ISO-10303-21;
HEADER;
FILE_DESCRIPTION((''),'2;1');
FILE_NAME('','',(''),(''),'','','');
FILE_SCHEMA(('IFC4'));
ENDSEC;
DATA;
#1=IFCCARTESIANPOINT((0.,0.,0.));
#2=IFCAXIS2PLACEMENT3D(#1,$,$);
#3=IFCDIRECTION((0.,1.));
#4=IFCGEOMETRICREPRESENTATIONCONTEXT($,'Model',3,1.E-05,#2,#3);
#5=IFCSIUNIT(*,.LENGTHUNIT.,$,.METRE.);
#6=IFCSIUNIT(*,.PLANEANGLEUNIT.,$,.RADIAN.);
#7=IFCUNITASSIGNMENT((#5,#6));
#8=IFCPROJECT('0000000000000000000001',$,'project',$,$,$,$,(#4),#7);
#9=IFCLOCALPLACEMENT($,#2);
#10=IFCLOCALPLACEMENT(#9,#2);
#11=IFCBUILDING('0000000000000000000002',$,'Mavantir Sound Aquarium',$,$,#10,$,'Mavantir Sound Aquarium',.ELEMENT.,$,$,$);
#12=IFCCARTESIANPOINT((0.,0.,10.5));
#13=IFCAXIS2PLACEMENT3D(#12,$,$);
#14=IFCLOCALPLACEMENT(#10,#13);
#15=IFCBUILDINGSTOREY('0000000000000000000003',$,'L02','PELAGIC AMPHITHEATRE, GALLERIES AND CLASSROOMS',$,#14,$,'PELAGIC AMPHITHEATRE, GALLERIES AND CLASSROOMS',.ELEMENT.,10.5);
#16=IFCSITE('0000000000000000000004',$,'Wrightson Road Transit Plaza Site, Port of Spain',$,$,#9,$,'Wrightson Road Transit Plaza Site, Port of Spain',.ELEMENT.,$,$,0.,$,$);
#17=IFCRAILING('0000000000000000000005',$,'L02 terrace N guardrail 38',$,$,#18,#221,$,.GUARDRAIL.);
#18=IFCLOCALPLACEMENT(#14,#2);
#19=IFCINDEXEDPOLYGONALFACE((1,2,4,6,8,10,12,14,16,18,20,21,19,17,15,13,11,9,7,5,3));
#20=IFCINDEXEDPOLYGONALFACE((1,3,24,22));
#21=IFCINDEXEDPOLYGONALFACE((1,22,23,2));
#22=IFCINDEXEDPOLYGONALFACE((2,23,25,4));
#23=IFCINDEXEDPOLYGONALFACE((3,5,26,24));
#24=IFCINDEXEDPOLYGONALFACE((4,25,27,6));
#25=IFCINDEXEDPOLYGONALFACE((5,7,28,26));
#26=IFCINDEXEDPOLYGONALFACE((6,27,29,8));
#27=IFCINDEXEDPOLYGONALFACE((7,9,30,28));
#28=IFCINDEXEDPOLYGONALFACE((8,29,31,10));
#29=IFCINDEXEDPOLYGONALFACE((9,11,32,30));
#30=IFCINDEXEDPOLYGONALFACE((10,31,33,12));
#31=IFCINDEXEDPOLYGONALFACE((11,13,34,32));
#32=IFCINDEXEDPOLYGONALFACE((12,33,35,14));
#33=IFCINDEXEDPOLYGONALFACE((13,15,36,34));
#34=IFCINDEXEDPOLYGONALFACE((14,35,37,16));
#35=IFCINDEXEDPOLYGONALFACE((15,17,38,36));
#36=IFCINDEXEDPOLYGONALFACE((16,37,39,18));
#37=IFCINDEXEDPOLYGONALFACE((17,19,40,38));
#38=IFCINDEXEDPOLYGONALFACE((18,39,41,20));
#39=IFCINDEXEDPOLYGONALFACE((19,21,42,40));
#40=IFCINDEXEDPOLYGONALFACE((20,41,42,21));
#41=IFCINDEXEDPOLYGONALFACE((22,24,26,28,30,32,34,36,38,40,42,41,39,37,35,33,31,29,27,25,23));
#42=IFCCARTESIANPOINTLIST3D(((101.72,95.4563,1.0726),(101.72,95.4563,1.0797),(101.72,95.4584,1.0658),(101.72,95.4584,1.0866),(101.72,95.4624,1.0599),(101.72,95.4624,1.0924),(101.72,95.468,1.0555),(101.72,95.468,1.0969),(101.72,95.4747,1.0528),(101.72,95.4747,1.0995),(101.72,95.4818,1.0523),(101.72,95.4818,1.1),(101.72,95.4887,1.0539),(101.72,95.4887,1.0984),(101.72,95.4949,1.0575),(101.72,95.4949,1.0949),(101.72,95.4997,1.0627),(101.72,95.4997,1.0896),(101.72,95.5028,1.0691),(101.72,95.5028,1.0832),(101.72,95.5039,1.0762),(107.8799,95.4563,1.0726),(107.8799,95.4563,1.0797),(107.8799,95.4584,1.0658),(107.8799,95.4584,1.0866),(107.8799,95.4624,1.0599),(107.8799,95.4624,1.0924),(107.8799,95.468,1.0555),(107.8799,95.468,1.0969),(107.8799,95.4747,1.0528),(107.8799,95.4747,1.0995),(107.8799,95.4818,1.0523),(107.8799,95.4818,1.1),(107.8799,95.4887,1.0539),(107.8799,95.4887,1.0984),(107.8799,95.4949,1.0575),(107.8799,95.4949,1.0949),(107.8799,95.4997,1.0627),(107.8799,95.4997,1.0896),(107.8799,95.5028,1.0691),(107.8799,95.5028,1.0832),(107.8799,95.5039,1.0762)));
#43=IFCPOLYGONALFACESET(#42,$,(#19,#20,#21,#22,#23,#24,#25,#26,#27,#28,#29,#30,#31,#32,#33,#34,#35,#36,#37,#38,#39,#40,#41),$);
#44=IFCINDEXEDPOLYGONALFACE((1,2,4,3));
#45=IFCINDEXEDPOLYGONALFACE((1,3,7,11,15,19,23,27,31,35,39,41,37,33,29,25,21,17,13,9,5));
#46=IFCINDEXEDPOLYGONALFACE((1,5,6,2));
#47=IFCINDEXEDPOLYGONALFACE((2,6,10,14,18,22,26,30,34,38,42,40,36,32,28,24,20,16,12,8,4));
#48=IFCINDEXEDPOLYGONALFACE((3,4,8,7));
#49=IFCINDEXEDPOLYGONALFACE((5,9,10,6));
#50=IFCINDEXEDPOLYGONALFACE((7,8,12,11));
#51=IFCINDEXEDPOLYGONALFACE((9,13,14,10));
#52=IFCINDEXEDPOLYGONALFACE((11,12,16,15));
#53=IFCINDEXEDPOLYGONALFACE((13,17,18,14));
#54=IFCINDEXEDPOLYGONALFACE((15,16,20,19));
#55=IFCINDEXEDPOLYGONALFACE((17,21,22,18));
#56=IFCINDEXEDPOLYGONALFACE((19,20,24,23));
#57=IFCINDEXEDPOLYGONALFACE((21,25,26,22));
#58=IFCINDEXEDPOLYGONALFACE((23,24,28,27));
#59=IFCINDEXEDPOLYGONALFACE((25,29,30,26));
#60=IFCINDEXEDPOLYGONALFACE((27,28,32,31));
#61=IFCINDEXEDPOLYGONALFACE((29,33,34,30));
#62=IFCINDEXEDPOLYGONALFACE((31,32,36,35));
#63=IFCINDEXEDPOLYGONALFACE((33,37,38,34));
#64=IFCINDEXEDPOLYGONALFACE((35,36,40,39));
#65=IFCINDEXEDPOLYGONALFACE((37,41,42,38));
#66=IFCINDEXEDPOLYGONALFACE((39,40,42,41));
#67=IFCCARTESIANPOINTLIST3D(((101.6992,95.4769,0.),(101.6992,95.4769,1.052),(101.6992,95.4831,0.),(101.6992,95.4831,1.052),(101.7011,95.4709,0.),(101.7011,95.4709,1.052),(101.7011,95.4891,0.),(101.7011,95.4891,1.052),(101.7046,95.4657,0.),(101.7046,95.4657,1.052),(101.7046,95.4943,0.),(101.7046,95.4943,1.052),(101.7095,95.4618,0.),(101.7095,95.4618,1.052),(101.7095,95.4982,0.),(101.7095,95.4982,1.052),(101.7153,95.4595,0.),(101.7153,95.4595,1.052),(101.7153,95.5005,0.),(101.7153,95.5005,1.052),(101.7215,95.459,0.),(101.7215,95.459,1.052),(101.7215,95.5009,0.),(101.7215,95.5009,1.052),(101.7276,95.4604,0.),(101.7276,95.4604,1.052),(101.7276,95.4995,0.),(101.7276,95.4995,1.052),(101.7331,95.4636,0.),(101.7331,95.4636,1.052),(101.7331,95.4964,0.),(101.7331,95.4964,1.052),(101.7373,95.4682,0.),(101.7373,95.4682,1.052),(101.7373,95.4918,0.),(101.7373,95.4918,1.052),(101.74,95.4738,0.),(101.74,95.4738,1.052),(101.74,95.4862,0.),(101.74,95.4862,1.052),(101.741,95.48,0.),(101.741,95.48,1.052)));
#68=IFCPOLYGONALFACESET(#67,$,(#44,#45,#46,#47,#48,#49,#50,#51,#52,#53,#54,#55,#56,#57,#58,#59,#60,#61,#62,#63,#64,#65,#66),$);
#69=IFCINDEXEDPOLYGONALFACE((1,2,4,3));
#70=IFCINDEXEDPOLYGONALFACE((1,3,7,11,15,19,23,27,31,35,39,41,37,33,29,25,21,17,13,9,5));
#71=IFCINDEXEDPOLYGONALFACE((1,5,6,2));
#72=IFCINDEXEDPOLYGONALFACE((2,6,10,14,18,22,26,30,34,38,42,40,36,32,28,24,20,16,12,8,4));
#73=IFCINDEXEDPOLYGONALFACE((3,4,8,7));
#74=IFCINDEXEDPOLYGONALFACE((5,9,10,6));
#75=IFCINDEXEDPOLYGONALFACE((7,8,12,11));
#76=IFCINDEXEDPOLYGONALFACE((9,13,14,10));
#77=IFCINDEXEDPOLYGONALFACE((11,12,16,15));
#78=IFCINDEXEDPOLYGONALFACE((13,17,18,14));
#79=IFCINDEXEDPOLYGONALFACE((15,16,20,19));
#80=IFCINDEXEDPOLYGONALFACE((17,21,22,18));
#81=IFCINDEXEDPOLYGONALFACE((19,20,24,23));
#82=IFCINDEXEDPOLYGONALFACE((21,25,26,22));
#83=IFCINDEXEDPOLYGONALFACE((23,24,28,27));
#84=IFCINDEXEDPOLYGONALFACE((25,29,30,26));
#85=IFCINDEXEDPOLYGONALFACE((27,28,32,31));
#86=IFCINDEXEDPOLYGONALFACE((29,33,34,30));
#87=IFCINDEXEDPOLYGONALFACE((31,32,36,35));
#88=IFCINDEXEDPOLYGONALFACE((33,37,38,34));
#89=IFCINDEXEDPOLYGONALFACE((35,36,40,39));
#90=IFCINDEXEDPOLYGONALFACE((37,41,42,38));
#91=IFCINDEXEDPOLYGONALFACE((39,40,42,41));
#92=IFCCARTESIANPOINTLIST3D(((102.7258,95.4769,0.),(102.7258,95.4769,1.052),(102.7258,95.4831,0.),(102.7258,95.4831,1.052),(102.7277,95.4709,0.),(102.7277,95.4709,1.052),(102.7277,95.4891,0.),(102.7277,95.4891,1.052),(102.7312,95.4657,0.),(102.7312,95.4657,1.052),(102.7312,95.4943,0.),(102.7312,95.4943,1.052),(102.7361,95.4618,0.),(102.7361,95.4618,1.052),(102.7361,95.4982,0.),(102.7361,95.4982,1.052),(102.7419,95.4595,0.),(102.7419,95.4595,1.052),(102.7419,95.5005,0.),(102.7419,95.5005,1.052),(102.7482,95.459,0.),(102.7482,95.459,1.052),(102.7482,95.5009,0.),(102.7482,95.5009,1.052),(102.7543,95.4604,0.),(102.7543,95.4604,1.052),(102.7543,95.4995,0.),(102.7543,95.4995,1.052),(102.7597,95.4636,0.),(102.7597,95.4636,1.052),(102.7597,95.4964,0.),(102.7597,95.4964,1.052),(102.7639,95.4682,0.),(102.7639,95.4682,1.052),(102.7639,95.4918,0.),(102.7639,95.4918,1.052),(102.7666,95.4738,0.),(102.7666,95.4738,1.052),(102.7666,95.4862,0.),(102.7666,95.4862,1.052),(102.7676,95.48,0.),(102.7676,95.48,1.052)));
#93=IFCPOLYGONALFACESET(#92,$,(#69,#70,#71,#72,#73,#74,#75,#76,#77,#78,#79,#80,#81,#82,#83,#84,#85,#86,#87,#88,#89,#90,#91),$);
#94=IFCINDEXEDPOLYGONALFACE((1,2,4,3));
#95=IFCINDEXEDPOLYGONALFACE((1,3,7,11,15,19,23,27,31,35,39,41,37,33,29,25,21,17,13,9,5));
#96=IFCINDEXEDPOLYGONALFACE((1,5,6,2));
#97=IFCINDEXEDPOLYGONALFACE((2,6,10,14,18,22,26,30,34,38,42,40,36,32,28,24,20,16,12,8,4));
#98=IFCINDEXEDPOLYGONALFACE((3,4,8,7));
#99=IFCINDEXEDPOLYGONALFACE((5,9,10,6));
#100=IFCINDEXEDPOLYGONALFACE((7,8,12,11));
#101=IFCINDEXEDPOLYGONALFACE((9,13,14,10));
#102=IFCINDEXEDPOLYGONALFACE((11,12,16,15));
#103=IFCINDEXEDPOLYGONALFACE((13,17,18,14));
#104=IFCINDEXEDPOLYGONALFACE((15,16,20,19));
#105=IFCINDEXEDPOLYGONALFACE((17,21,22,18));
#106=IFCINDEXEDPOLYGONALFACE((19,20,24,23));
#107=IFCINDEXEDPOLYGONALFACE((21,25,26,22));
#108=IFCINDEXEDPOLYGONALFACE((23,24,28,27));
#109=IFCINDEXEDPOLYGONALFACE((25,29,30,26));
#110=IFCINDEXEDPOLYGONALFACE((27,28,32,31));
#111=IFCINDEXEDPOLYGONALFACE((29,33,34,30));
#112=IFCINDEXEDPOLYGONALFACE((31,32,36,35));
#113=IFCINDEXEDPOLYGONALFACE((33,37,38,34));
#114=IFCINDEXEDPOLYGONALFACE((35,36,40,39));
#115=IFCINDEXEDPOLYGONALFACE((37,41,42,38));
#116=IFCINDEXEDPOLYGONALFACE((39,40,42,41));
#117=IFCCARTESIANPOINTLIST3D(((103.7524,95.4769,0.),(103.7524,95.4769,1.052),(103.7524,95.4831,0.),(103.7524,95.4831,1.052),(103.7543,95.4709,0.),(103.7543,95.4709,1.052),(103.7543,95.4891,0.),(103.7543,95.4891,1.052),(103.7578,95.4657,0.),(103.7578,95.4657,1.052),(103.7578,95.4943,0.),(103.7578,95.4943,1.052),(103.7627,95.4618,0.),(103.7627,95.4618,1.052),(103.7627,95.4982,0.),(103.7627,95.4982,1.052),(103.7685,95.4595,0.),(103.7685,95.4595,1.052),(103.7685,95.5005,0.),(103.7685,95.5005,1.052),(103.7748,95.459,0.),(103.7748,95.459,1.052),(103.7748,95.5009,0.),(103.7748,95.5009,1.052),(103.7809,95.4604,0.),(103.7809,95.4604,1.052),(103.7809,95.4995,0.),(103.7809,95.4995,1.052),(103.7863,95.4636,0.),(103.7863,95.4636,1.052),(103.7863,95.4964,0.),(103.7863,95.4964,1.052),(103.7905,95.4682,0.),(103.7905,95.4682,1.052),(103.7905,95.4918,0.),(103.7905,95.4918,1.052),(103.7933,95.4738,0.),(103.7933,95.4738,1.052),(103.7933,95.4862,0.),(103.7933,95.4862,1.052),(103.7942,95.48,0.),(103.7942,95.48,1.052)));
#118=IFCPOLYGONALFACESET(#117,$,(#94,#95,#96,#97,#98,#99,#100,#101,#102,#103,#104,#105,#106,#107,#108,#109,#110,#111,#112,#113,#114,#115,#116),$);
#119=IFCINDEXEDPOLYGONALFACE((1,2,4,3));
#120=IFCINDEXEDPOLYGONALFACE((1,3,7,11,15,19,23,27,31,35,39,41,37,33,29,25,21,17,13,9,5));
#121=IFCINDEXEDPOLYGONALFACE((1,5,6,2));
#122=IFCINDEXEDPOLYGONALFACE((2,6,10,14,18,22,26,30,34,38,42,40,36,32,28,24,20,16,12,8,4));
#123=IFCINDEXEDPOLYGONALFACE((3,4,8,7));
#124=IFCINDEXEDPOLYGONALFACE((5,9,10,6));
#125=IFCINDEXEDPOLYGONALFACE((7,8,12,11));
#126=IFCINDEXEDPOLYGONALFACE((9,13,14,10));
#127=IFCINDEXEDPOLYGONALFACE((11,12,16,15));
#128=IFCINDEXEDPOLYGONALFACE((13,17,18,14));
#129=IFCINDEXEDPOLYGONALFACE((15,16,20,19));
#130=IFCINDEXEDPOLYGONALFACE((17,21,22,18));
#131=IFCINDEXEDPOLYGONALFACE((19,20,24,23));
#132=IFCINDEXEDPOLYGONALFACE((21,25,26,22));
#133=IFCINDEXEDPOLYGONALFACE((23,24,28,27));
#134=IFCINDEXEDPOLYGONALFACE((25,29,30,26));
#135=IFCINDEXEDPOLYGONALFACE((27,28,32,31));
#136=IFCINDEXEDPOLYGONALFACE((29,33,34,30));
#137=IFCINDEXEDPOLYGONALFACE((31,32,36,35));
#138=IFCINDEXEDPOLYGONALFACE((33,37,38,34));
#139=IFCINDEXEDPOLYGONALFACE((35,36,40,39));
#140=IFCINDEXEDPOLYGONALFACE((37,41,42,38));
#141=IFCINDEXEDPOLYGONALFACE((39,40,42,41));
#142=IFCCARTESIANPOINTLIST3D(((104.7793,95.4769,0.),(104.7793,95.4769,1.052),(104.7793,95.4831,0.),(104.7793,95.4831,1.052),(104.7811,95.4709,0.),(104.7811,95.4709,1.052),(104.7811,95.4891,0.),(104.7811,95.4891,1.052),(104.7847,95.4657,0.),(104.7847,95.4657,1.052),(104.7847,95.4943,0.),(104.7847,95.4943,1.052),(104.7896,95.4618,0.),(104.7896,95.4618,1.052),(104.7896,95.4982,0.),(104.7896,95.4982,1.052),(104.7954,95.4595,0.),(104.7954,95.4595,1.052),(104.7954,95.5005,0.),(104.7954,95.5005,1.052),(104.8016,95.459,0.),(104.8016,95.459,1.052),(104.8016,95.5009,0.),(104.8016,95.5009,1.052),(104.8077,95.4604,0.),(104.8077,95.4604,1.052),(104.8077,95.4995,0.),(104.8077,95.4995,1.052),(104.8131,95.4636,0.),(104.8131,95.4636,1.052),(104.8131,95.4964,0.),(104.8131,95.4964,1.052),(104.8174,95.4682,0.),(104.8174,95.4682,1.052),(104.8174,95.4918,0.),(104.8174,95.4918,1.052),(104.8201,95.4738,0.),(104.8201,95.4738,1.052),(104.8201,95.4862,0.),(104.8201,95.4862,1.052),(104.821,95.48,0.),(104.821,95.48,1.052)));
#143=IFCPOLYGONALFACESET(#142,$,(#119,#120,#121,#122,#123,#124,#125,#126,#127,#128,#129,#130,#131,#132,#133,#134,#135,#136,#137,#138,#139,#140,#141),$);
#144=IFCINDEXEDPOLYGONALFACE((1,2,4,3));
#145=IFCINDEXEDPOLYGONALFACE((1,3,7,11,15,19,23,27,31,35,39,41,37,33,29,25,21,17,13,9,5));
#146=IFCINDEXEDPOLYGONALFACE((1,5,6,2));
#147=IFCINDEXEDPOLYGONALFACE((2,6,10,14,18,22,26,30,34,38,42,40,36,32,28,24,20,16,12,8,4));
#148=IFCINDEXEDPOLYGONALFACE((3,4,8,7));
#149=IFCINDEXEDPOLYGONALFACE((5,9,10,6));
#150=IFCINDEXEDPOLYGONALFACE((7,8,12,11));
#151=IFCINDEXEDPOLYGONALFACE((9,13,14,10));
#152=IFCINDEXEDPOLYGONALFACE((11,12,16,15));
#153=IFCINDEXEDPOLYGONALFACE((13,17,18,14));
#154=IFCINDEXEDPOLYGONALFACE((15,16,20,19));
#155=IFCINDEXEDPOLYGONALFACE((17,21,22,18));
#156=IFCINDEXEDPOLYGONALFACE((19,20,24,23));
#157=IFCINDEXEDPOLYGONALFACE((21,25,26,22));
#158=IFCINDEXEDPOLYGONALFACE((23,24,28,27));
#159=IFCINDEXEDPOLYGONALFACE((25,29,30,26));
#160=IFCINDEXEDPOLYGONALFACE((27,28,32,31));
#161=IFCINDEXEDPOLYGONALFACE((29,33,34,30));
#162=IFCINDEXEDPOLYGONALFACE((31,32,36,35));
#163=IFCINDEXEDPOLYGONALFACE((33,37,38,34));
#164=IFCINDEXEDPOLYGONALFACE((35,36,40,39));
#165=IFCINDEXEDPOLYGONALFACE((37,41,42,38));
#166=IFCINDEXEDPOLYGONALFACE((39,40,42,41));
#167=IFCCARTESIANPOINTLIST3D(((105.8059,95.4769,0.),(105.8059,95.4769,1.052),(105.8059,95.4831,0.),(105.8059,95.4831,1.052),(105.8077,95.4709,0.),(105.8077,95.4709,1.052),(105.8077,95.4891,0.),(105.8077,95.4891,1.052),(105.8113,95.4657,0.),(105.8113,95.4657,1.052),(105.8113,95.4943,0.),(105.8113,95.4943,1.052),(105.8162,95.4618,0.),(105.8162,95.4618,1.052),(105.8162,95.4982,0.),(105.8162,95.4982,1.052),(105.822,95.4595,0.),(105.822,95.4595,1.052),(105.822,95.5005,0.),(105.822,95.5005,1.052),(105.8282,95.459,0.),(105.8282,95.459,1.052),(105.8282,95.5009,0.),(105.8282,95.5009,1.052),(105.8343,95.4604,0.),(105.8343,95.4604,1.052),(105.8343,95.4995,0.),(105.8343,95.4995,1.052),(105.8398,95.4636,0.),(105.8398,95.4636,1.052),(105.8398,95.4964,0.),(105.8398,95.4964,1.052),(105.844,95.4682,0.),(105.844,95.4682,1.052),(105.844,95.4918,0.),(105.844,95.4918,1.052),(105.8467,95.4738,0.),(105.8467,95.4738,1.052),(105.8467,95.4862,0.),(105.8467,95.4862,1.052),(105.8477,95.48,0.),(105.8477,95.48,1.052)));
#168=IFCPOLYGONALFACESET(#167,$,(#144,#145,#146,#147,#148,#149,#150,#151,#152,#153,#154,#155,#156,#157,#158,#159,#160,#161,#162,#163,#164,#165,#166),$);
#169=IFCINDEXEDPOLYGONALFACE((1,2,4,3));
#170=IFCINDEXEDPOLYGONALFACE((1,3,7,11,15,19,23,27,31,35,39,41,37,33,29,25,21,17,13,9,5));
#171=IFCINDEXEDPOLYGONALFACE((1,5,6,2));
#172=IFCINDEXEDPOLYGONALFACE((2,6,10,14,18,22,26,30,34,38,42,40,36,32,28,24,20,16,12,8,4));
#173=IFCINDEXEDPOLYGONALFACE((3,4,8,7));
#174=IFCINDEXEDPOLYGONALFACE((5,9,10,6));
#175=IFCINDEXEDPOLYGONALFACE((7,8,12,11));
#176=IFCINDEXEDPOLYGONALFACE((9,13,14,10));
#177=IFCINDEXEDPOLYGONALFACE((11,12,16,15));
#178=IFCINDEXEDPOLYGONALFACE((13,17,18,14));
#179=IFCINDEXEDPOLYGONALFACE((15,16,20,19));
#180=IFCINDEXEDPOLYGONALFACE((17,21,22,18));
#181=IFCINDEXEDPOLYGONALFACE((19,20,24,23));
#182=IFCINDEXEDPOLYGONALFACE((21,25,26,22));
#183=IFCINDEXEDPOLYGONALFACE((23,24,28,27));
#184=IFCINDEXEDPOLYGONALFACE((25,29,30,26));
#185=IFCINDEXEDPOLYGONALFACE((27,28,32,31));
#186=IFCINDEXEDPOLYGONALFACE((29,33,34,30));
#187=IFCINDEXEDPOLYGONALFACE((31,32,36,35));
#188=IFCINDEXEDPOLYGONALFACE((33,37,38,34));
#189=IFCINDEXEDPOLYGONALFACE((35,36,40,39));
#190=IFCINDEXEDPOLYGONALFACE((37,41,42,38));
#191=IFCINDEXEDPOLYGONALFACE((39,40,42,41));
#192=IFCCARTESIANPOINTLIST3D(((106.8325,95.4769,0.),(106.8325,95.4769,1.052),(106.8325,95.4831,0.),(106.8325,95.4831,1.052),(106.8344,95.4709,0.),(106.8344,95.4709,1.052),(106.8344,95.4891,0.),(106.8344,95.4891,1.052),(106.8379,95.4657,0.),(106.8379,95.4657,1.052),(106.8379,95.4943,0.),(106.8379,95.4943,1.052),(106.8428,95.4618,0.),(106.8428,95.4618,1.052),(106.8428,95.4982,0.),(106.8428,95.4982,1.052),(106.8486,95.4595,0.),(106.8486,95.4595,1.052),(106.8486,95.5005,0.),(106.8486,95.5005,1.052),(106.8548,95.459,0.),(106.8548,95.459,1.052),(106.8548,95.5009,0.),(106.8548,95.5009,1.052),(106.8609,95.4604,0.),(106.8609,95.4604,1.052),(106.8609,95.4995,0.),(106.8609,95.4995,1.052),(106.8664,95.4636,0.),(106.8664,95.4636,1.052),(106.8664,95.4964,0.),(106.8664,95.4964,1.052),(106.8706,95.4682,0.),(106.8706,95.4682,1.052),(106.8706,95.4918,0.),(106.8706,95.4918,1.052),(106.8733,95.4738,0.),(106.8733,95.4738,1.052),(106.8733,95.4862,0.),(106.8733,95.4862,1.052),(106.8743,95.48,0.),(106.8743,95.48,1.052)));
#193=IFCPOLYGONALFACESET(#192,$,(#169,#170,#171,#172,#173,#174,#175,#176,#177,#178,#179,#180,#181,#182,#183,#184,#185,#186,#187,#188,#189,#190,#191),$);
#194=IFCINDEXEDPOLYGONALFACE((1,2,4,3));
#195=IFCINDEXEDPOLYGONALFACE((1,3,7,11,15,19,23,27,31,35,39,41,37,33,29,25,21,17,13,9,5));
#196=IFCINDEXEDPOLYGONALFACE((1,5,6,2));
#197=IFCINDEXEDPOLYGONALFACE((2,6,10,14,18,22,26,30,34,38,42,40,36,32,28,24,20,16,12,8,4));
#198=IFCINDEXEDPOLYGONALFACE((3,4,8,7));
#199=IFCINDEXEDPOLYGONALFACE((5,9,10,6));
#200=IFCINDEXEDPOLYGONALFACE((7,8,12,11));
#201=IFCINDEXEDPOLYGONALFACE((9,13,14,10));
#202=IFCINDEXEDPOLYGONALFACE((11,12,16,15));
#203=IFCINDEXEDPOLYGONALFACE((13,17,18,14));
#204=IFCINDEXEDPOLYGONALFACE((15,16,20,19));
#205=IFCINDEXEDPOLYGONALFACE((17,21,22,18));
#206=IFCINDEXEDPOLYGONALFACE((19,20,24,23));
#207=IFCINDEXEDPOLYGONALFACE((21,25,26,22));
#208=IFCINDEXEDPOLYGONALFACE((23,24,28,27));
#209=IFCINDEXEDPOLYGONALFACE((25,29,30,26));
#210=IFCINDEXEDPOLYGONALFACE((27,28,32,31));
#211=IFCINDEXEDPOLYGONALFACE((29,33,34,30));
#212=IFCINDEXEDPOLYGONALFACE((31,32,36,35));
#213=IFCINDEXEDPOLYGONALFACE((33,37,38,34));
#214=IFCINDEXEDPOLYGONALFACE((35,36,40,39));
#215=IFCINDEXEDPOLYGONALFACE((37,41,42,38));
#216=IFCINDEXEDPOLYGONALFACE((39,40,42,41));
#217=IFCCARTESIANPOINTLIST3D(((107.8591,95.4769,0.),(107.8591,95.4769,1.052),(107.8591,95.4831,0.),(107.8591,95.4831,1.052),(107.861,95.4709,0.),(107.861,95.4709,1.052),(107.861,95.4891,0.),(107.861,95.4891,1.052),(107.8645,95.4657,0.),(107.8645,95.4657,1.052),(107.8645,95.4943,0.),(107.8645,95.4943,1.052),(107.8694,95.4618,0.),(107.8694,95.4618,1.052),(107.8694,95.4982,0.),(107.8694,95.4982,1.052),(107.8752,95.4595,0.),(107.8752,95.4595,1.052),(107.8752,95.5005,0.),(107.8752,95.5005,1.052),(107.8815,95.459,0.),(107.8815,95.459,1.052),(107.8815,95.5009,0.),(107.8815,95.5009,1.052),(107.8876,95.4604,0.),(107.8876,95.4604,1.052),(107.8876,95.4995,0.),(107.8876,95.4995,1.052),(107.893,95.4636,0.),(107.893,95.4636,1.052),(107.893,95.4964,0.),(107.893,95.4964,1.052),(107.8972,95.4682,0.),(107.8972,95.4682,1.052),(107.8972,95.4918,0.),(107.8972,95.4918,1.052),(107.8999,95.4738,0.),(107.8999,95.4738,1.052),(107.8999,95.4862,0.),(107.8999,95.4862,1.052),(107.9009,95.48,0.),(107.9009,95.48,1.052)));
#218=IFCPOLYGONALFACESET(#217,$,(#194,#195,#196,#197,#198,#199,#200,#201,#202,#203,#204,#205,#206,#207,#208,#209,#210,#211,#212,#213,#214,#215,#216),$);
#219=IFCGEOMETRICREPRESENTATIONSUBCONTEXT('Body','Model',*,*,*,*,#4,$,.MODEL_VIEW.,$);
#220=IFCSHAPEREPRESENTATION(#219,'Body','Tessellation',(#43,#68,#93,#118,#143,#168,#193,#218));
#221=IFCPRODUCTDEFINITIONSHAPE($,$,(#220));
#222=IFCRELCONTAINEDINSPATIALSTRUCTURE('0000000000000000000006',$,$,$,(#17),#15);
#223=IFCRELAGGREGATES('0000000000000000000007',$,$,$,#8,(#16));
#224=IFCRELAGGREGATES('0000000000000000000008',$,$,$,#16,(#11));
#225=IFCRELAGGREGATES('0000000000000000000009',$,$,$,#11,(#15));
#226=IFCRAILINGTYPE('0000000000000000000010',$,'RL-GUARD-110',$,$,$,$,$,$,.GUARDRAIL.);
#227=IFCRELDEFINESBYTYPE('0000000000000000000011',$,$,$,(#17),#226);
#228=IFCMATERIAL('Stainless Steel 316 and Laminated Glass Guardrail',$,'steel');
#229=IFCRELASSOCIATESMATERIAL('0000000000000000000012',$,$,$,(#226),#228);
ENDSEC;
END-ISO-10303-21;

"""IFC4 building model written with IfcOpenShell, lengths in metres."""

from ifc_helpers import new_model, si_unit, direction, frame, origin, origin_2d, place, context, subcontext, project, spatial, circle, extrude, material, type_object, element, save


model = new_model("IFC4")

# Units and contexts
model_context = context("Model", 3, precision=1e-05, world=origin(), true_north=direction((0.0, 1.0)))
body_context = subcontext(model_context, "Body", "Model", "MODEL_VIEW")
ifc_project = project(units=[si_unit("LENGTHUNIT", "METRE"), si_unit("PLANEANGLEUNIT", "RADIAN")], contexts=[model_context])

# Site, building, storey
site_placement = place(None, origin())
site = spatial("IfcSite", under=ifc_project, at=site_placement, Name="Wrightson Road Transit Plaza Site, Port of Spain", LongName="Wrightson Road Transit Plaza Site, Port of Spain", CompositionType="ELEMENT", RefElevation=0.0)
building_placement = place(site_placement, origin())
building = spatial("IfcBuilding", under=site, at=building_placement, Name="Mavantir Sound Aquarium", LongName="Mavantir Sound Aquarium", CompositionType="ELEMENT")
storey_placement = place(building_placement, frame((0.0, 0.0, 10.5)))
storey = spatial("IfcBuildingStorey", under=building, at=storey_placement, Name="L02", Description="PELAGIC AMPHITHEATRE, GALLERIES AND CLASSROOMS", LongName="PELAGIC AMPHITHEATRE, GALLERIES AND CLASSROOMS", CompositionType="ELEMENT", Elevation=10.5)

# Railing
ifc_material_1 = material(Name="Stainless Steel 316 and Laminated Glass Guardrail", Category="steel")
railing_type = type_object("IfcRailingType", Name="RL-GUARD-110", PredefinedType="GUARDRAIL", material=ifc_material_1)
railing_1_placement = place(storey_placement, frame((101.72, 95.48, 0.0)))
element("IfcRailing", 1, at=railing_1_placement, inside=storey, type_object=railing_type, Name="L02 terrace N guardrail 38", PredefinedType="GUARDRAIL", context=body_context, shape_type="SweptSolid", body=[
    extrude(circle(Radius=0.0239, at=origin_2d()), frame((0.0, 0.0, 1.0762), z_axis=(1.0, 0.0, 0.0), x_axis=(0.0, 1.0, 0.0)), (0.0, 0.0, 1.0), 6.1599),
    extrude(circle(Radius=0.021, at=origin_2d()), origin(), (0.0, 0.0, 1.0), 1.052),
    extrude(circle(Radius=0.021, at=origin_2d()), frame((1.0266, 0.0, 0.0)), (0.0, 0.0, 1.0), 1.052),
    extrude(circle(Radius=0.021, at=origin_2d()), frame((2.0532, 0.0, 0.0)), (0.0, 0.0, 1.0), 1.052),
    extrude(circle(Radius=0.021, at=origin_2d()), frame((3.0801, 0.0, 0.0)), (0.0, 0.0, 1.0), 1.052),
    extrude(circle(Radius=0.021, at=origin_2d()), frame((4.1067, 0.0, 0.0)), (0.0, 0.0, 1.0), 1.052),
    extrude(circle(Radius=0.021, at=origin_2d()), frame((5.1333, 0.0, 0.0)), (0.0, 0.0, 1.0), 1.052),
    extrude(circle(Radius=0.021, at=origin_2d()), frame((6.1599, 0.0, 0.0)), (0.0, 0.0, 1.0), 1.052),
])

save(model, "model.ifc")
